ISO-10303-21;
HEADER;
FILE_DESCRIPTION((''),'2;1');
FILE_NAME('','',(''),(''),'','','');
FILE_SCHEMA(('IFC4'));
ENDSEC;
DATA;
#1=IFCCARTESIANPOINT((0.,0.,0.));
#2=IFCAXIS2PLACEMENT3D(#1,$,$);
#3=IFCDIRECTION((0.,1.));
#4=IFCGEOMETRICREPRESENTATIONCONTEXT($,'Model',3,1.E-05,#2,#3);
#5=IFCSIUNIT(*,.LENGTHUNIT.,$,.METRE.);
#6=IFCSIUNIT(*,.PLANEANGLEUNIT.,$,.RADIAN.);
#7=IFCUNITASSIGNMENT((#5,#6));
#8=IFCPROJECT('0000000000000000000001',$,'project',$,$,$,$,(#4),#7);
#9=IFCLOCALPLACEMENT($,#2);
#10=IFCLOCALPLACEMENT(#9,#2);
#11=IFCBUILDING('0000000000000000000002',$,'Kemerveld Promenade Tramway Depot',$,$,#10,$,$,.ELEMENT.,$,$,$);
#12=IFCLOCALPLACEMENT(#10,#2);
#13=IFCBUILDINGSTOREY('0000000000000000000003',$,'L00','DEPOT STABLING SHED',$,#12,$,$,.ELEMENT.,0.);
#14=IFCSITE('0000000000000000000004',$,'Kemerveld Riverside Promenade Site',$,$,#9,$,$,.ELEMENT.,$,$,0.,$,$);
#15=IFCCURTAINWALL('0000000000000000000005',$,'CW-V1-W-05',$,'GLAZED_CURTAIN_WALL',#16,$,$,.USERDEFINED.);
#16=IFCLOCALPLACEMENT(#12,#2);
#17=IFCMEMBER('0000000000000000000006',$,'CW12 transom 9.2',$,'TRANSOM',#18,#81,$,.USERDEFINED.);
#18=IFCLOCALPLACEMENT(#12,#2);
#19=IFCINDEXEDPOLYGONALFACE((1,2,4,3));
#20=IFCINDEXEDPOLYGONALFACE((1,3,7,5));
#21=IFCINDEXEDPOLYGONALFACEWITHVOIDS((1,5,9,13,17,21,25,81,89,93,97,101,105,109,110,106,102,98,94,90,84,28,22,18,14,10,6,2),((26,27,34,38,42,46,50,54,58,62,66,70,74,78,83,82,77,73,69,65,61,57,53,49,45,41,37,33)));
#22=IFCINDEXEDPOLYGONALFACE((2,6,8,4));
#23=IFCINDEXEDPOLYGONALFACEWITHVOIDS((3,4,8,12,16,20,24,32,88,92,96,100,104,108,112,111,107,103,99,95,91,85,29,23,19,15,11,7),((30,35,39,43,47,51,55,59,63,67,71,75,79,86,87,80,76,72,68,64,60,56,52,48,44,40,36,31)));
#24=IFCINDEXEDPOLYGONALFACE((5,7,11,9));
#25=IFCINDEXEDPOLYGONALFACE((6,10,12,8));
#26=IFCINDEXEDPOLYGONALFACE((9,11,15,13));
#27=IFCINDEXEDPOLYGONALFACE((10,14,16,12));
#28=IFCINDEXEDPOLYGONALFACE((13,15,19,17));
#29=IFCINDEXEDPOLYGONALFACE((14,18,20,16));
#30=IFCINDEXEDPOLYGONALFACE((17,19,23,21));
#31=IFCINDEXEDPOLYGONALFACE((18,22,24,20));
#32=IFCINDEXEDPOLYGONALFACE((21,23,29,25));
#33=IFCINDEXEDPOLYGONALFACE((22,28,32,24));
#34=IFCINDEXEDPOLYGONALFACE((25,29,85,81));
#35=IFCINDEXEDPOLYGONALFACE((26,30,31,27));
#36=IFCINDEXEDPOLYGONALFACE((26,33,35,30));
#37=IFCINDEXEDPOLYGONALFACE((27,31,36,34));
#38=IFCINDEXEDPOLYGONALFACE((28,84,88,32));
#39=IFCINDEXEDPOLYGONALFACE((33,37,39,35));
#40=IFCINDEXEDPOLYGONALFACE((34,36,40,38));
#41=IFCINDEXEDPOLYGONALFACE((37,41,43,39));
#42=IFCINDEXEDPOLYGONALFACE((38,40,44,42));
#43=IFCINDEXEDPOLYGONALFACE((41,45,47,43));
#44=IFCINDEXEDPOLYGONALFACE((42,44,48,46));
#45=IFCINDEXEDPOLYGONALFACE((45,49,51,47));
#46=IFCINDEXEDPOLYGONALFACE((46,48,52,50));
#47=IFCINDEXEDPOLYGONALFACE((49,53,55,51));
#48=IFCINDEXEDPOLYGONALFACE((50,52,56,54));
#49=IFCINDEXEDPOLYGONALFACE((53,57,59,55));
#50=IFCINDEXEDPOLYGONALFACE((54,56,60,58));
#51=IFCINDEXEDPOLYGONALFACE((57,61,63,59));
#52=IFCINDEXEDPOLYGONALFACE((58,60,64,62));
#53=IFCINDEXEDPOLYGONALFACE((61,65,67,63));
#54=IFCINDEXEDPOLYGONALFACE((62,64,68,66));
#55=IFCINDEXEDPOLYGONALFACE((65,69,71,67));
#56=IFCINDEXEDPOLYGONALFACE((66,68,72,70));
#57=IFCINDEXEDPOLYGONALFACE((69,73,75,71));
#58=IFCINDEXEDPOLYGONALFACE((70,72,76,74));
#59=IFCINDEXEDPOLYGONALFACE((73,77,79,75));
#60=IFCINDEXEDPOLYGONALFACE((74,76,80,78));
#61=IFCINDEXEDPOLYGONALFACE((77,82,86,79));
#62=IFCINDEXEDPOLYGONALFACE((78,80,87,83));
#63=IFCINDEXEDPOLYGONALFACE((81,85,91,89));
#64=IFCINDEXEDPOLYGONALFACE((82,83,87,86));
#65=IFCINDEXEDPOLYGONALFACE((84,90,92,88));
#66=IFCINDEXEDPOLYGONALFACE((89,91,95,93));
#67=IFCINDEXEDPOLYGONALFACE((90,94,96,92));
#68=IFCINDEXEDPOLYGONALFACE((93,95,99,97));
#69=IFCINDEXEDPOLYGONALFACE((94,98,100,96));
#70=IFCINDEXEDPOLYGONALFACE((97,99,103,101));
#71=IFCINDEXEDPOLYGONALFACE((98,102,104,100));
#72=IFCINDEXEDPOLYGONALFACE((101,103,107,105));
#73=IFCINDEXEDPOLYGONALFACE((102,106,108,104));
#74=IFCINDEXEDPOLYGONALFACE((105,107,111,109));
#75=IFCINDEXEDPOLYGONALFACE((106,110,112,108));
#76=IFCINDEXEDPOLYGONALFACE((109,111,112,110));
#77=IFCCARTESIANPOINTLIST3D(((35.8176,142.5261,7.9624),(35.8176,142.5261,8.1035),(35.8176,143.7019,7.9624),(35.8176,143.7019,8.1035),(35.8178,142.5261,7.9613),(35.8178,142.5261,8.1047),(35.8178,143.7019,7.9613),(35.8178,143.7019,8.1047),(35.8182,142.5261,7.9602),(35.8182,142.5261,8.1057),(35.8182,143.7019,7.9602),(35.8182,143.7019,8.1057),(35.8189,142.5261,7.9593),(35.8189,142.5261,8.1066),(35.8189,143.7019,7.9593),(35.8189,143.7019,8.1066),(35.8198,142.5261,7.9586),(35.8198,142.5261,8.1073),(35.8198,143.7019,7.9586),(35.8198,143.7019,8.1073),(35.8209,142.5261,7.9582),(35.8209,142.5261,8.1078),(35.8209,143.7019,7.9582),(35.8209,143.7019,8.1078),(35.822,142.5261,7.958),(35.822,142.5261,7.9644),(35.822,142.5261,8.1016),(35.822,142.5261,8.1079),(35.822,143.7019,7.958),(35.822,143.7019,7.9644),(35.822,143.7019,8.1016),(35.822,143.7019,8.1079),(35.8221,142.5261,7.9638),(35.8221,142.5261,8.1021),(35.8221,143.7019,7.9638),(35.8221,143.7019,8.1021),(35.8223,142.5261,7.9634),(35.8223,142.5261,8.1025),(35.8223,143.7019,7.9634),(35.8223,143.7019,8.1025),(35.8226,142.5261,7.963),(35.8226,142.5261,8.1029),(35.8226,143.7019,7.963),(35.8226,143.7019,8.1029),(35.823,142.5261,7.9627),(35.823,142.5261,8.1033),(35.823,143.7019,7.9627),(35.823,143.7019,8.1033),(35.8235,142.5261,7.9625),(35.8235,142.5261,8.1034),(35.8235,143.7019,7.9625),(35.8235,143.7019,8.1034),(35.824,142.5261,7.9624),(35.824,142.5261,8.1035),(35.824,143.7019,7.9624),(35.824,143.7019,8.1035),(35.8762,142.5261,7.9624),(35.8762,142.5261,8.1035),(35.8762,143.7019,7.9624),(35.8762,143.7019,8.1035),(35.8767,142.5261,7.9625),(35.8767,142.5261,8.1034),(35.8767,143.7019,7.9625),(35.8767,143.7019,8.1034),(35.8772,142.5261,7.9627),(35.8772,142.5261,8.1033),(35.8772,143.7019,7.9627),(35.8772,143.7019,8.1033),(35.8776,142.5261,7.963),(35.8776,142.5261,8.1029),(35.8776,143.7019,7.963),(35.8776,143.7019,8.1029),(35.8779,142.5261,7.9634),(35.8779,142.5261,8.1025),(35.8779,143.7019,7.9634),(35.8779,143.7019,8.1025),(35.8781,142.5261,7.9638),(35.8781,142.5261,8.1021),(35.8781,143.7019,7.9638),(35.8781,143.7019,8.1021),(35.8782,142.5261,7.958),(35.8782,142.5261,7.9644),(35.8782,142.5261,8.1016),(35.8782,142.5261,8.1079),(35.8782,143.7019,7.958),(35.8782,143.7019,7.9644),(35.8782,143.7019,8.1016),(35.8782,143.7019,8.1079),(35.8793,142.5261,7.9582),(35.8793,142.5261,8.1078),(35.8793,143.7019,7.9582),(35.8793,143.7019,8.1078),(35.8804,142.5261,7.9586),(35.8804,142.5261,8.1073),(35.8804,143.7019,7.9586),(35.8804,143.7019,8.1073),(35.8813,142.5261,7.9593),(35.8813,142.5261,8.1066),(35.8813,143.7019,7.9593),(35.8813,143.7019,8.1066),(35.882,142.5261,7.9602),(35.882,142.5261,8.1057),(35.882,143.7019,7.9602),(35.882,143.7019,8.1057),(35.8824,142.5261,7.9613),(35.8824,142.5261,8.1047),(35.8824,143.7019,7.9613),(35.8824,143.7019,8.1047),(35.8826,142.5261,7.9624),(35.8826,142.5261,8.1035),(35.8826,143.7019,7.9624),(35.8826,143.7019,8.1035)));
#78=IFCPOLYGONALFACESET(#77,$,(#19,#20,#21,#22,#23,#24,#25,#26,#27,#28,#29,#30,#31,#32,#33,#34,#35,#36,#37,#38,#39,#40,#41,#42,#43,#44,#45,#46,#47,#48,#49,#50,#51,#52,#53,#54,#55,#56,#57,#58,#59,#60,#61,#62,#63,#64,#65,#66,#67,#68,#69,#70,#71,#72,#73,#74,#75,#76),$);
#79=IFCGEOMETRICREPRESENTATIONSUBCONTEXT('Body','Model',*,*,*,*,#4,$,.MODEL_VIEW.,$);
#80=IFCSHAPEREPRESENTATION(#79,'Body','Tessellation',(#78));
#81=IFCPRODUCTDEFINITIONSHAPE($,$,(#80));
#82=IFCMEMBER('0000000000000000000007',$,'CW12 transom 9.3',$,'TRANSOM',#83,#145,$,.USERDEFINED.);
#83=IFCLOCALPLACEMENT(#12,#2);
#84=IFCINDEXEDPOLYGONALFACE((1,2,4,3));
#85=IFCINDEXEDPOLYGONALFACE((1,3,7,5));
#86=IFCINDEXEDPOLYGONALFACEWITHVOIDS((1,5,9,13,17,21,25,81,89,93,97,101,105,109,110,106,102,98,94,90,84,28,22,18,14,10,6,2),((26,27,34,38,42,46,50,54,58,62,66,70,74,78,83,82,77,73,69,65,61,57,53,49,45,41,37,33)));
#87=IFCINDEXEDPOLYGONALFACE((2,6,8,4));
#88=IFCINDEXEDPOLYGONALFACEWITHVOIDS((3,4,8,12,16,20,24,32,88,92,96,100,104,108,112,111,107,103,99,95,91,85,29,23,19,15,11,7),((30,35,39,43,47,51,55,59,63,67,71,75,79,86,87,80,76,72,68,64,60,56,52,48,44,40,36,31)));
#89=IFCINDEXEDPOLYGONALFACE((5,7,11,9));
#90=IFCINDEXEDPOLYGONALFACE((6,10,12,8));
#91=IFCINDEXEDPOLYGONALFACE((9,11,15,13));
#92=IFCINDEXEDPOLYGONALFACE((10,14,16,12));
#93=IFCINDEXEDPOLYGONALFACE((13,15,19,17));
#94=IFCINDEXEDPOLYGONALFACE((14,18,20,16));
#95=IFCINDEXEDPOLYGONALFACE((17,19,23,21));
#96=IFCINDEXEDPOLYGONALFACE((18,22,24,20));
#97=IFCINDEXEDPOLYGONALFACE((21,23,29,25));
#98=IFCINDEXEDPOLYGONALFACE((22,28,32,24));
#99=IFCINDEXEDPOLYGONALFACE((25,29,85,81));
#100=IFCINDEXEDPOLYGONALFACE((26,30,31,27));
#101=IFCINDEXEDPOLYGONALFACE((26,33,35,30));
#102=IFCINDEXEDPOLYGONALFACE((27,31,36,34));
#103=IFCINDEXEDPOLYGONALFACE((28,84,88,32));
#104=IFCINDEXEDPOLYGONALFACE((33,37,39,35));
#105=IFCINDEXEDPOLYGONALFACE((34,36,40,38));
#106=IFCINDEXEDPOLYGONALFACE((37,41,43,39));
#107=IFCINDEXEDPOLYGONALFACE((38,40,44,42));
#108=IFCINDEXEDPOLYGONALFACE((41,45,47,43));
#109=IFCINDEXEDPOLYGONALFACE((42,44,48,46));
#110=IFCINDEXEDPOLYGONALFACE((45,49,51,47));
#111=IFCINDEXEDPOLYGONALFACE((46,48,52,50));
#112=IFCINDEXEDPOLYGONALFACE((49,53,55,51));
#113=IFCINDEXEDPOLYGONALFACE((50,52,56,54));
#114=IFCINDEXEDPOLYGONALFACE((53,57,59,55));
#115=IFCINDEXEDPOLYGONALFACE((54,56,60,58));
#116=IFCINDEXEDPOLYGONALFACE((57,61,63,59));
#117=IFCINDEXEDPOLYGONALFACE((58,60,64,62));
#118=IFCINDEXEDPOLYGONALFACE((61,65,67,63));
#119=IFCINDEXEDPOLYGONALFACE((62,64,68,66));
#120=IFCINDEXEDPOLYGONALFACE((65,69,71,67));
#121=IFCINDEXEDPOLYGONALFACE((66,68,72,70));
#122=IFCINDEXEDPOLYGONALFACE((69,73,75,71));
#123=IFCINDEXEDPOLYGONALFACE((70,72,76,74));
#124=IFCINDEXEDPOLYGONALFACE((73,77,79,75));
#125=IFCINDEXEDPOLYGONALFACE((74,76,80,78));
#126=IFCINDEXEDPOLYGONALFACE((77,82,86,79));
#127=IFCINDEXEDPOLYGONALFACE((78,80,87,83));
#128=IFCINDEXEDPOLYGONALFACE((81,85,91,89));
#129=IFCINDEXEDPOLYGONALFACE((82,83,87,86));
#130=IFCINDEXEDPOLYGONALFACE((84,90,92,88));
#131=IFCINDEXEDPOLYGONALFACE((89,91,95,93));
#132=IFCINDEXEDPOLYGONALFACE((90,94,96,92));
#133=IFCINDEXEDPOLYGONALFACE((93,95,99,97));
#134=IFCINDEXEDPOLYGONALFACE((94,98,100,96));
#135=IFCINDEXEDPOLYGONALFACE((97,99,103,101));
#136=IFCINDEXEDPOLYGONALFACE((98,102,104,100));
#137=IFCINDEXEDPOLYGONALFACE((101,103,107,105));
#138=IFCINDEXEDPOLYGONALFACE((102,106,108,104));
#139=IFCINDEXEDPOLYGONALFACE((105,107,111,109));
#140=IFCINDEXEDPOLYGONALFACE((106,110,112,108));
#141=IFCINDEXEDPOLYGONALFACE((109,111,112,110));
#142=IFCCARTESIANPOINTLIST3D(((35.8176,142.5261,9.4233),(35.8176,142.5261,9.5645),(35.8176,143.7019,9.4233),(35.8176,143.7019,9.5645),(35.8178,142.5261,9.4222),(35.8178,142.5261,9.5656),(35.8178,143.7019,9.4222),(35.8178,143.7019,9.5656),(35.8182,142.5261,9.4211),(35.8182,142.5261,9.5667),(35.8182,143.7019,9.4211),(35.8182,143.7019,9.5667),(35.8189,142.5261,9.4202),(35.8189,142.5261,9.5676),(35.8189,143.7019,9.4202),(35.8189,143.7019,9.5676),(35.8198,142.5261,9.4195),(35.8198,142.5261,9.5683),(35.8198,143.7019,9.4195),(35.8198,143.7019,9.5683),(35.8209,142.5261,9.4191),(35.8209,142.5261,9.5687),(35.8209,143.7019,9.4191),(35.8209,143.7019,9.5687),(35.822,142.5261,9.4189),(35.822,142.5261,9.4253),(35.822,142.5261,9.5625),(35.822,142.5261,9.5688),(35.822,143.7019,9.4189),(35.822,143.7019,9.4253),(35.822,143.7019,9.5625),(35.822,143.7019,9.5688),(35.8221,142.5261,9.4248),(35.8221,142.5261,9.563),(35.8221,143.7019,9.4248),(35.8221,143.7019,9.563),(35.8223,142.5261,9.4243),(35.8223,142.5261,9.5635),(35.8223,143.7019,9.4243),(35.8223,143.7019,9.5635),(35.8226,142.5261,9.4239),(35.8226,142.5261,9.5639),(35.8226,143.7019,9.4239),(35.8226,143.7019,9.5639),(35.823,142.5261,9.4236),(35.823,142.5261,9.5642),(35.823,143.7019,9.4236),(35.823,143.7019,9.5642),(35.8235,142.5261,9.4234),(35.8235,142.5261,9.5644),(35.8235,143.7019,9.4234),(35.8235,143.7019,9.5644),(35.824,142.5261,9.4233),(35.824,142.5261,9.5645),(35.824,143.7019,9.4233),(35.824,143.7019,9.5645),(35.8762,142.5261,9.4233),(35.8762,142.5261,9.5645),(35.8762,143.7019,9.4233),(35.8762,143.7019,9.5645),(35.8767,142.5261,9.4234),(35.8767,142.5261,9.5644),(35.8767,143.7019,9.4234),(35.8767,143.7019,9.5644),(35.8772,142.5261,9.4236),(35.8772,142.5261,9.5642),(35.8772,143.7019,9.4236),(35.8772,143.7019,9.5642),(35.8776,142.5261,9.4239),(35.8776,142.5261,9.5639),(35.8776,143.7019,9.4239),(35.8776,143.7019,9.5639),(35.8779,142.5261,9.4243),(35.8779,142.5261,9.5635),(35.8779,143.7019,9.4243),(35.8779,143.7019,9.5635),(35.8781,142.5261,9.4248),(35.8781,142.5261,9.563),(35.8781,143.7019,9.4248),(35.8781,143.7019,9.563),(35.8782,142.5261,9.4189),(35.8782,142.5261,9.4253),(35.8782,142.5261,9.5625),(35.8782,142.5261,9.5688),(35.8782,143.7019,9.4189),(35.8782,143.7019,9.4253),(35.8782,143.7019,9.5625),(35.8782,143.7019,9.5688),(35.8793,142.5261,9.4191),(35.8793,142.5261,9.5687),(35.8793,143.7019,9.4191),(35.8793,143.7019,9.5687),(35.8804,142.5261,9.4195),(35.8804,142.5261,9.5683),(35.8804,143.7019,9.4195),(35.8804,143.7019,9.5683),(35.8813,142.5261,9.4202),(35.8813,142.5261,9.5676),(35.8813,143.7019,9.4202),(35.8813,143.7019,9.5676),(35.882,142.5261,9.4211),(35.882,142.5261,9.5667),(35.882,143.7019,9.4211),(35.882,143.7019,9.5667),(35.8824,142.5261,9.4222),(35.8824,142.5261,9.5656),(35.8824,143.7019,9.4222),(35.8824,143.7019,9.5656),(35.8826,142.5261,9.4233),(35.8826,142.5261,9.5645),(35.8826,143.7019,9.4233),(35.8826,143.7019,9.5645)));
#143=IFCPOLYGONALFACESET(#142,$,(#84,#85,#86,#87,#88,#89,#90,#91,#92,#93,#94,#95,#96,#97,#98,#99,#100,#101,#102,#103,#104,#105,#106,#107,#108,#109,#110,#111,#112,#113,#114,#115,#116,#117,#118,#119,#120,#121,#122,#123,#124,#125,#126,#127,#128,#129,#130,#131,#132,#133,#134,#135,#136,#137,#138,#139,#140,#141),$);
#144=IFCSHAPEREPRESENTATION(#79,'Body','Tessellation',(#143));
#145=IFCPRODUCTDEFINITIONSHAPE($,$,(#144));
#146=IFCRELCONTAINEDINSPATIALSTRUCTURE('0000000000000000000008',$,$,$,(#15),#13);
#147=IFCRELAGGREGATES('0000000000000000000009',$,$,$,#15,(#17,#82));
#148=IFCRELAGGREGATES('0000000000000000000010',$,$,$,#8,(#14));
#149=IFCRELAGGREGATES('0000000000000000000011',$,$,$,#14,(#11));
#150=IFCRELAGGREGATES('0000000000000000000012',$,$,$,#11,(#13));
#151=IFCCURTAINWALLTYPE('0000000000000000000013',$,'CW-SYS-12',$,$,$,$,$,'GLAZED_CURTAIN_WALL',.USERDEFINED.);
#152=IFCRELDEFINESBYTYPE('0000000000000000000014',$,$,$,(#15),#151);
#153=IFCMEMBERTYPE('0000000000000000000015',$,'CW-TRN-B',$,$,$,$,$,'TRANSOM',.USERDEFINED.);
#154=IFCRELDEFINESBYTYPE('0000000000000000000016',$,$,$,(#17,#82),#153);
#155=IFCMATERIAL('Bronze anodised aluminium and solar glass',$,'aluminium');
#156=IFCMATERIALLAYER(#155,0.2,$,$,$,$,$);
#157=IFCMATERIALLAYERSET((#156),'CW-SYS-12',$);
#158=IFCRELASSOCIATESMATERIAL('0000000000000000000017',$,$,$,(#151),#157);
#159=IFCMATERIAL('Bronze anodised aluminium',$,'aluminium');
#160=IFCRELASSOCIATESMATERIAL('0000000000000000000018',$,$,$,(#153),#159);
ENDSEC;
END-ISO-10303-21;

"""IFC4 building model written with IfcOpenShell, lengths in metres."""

from ifc_helpers import new_model, si_unit, direction, frame, origin, origin_2d, place, context, subcontext, project, spatial, hollow_rectangle, extrude, material, layer, layer_set, material_profile, profile_set, type_object, element, aggregate, save


model = new_model("IFC4")

# Units and contexts
model_context = context("Model", 3, precision=1e-05, world=origin(), true_north=direction((0.0, 1.0)))
body_context = subcontext(model_context, "Body", "Model", "MODEL_VIEW")
ifc_project = project(units=[si_unit("LENGTHUNIT", "METRE"), si_unit("PLANEANGLEUNIT", "RADIAN")], contexts=[model_context])

# Site, building, storey
site_placement = place(None, origin())
site = spatial("IfcSite", under=ifc_project, at=site_placement, Name="Kemerveld Riverside Promenade Site", CompositionType="ELEMENT", RefElevation=0.0)
building_placement = place(site_placement, origin())
building = spatial("IfcBuilding", under=site, at=building_placement, Name="Kemerveld Promenade Tramway Depot", CompositionType="ELEMENT")
storey_placement = place(building_placement, origin())
storey = spatial("IfcBuildingStorey", under=building, at=storey_placement, Name="L00", Description="DEPOT STABLING SHED", CompositionType="ELEMENT", Elevation=0.0)

# Curtain wall, members
ifc_material_1 = material(Name="Bronze anodised aluminium and solar glass", Category="aluminium")
ifc_material_2 = material(Name="Bronze anodised aluminium", Category="aluminium")
ifc_layer_1 = layer(ifc_material_1, 0.2)
ifc_layer_set_1 = layer_set([ifc_layer_1], Name="CW-SYS-12")
curtain_wall_type_1 = type_object("IfcCurtainWallType", Name="CW-SYS-12", ElementType="GLAZED_CURTAIN_WALL", PredefinedType="USERDEFINED", material=ifc_layer_set_1)
curtain_wall_1_placement = place(storey_placement, origin())
curtain_wall_1 = element("IfcCurtainWall", 1, at=curtain_wall_1_placement, inside=storey, type_object=curtain_wall_type_1, Name="CW-V1-W-05", ObjectType="GLAZED_CURTAIN_WALL", PredefinedType="USERDEFINED")
ifc_material_profile_1 = material_profile(ifc_material_2, hollow_rectangle(XDim=0.0649, YDim=0.1499, WallThickness=0.0044, InnerFilletRadius=0.002, OuterFilletRadius=0.0044, at=origin_2d()), Name="CW-TRN-150x65")
ifc_profile_set_1 = profile_set([ifc_material_profile_1], Name="Bronze anodised aluminium")
member_type_1 = type_object("IfcMemberType", Name="CW-TRN-B", ElementType="TRANSOM", PredefinedType="USERDEFINED", material=ifc_profile_set_1)
member_1_placement = place(storey_placement, frame((35.8501, 142.5261, 8.033), z_axis=(0.0, 1.0, 0.0), x_axis=(-1.0, 0.0, 0.0)))
member_1 = element("IfcMember", 2, at=member_1_placement, type_object=member_type_1, Name="CW12 transom 9.2", ObjectType="TRANSOM", PredefinedType="USERDEFINED", context=body_context, shape_type="SweptSolid", body=[
    extrude(hollow_rectangle(XDim=0.0649, YDim=0.1499, WallThickness=0.0044, InnerFilletRadius=0.002, OuterFilletRadius=0.0044, at=origin_2d()), origin(), (0.0, 0.0, 1.0), 1.1758),
])
member_2_placement = place(storey_placement, frame((35.8501, 142.5261, 9.4939), z_axis=(0.0, 1.0, 0.0), x_axis=(-1.0, 0.0, 0.0)))
member_2 = element("IfcMember", 3, at=member_2_placement, type_object=member_type_1, Name="CW12 transom 9.3", ObjectType="TRANSOM", PredefinedType="USERDEFINED", context=body_context, shape_type="SweptSolid", body=[
    extrude(hollow_rectangle(XDim=0.0649, YDim=0.1499, WallThickness=0.0044, InnerFilletRadius=0.002, OuterFilletRadius=0.0044, at=origin_2d()), origin(), (0.0, 0.0, 1.0), 1.1758),
])

aggregate(curtain_wall_1, [member_1, member_2])

save(model, "model.ifc")
